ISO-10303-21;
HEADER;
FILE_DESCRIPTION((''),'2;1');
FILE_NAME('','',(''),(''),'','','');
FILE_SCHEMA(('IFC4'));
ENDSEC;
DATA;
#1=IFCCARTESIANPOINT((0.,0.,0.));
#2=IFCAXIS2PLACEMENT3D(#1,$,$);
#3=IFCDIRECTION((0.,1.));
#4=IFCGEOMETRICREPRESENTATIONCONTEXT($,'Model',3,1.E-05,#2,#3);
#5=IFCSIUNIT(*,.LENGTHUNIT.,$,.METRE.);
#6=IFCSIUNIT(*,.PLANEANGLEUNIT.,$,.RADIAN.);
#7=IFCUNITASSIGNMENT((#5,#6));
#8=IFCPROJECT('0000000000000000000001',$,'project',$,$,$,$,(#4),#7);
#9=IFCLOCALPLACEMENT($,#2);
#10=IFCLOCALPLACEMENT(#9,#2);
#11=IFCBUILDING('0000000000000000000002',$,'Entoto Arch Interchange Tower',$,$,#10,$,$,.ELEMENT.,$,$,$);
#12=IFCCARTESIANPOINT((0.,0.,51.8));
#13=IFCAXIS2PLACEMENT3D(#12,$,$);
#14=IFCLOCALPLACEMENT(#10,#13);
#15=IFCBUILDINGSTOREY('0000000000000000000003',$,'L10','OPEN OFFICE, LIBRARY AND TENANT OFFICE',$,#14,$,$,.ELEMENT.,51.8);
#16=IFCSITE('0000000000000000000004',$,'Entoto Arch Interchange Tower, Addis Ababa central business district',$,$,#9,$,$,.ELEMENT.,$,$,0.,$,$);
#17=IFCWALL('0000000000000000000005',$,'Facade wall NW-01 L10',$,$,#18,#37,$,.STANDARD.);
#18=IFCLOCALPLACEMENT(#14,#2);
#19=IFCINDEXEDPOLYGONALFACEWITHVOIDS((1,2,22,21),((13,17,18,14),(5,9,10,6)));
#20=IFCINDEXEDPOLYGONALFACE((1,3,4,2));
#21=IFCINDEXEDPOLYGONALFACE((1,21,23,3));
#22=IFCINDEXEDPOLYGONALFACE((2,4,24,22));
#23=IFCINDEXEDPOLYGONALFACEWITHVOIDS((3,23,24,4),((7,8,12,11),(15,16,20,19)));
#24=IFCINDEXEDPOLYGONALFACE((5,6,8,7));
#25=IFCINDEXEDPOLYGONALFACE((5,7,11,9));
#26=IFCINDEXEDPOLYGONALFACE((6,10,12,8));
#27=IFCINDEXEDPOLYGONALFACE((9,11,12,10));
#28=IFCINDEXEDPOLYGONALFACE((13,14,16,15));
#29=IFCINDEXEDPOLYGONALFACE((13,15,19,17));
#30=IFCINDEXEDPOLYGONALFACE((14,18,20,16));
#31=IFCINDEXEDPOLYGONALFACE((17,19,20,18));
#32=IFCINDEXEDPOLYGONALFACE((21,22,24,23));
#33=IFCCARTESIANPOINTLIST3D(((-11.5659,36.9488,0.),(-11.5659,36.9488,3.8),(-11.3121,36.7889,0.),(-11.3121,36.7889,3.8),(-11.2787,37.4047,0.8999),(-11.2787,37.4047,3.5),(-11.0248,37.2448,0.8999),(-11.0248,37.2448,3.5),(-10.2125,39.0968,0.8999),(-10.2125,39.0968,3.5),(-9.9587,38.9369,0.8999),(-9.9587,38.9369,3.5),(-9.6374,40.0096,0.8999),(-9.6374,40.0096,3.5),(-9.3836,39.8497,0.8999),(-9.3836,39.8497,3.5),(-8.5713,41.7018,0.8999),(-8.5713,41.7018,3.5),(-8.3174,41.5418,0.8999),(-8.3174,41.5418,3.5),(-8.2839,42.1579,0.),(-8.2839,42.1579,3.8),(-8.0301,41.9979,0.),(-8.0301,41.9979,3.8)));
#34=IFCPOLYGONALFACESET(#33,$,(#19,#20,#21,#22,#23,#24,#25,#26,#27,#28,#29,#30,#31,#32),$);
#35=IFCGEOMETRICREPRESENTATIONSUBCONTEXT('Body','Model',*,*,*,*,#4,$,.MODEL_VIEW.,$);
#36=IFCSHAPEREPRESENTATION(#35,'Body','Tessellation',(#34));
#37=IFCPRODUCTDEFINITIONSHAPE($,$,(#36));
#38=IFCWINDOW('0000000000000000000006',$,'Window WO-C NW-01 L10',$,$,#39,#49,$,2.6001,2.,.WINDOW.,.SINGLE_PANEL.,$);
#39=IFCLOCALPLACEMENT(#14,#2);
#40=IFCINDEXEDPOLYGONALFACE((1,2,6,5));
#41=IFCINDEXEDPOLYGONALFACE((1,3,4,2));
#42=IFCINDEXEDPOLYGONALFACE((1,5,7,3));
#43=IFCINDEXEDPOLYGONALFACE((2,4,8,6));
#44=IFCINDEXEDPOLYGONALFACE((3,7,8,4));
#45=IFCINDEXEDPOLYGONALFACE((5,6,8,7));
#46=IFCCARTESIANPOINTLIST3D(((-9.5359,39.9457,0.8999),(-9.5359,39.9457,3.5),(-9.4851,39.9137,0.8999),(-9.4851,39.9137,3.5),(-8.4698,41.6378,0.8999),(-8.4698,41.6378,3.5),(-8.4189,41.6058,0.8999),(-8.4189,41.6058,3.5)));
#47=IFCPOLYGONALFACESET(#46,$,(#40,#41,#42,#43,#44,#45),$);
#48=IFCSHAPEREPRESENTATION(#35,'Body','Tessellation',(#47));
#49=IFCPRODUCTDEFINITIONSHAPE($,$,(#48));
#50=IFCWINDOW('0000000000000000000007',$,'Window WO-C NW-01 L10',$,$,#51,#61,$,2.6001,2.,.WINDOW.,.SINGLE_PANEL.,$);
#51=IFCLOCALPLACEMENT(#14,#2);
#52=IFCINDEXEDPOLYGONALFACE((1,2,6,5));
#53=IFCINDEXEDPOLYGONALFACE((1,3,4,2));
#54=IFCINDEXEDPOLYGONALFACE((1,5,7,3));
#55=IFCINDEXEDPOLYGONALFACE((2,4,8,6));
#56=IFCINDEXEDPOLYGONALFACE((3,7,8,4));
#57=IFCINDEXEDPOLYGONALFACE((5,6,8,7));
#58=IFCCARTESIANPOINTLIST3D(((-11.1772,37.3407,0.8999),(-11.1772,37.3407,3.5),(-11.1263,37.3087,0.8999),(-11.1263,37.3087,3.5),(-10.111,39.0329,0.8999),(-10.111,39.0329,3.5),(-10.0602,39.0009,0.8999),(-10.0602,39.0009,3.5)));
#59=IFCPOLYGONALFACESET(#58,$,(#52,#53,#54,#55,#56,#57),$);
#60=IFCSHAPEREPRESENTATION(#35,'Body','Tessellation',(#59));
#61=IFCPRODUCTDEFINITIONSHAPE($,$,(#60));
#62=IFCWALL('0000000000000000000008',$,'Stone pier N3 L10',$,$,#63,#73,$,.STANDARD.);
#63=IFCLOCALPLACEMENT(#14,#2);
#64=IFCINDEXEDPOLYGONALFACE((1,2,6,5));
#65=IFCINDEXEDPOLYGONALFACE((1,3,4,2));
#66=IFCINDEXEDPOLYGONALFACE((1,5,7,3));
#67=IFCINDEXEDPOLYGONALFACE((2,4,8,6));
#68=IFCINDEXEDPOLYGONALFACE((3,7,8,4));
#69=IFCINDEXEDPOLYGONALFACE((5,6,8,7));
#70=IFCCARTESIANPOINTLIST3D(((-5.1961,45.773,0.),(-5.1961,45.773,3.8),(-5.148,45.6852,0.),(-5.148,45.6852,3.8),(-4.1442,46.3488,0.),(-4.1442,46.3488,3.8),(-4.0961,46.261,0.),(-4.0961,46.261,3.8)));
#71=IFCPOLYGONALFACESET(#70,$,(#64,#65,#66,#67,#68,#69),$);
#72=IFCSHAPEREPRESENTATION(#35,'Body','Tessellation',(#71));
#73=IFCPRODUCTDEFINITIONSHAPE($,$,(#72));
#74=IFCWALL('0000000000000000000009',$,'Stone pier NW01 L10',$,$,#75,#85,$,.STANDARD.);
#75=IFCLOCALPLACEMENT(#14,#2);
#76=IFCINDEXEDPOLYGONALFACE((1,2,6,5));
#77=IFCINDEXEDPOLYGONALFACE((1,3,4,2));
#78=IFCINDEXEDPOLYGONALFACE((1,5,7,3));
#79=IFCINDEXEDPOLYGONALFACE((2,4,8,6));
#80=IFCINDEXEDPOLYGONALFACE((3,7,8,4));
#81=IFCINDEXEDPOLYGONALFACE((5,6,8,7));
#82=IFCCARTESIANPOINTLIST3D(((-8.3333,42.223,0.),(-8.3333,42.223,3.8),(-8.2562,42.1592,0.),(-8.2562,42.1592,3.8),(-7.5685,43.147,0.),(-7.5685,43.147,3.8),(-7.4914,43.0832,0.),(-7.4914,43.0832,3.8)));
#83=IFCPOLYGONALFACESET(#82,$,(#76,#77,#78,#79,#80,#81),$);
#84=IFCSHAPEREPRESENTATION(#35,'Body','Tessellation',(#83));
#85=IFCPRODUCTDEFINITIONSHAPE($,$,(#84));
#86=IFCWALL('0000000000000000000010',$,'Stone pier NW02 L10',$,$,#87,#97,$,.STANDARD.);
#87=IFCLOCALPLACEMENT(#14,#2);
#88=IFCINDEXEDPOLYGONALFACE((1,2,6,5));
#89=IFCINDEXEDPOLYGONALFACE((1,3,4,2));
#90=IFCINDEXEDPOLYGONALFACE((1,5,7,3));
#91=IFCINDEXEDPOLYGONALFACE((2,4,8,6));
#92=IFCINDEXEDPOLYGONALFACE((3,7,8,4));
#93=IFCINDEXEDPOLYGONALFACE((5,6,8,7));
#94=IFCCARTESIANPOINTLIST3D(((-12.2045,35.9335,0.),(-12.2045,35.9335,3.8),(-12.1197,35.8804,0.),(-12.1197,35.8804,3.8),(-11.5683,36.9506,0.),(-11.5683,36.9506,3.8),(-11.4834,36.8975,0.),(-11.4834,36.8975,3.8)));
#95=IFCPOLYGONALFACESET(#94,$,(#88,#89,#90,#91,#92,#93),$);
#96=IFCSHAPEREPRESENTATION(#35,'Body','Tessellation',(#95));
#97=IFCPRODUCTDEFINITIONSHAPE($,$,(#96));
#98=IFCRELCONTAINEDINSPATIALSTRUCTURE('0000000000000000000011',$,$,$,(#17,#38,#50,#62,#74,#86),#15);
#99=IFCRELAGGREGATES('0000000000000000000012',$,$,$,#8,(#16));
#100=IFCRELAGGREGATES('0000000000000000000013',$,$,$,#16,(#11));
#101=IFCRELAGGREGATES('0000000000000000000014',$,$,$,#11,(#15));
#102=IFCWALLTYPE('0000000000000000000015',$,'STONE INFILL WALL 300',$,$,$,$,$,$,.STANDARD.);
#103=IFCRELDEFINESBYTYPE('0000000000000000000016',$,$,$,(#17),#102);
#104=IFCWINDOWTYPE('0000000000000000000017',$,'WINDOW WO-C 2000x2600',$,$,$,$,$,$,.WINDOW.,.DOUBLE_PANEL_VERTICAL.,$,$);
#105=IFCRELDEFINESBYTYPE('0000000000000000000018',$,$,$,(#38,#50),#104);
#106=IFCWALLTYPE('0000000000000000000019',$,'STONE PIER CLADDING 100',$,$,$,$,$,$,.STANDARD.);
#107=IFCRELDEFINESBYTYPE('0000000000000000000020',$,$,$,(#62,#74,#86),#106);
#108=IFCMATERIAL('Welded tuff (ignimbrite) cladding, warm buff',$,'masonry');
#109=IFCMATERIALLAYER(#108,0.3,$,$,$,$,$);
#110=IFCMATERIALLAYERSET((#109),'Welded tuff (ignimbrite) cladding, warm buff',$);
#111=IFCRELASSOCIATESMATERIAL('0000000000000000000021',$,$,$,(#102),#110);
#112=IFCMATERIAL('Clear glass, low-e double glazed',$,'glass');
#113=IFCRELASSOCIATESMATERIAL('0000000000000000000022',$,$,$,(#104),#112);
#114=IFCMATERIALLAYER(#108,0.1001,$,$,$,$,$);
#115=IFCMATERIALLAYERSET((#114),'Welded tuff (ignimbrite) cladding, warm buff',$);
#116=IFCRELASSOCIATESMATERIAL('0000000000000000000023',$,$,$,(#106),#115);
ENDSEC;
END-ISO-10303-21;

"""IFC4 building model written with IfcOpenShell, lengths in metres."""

from ifc_helpers import new_model, si_unit, direction, frame, frame_2d, origin, place, context, subcontext, project, spatial, rectangle, extrude, material, layer, layer_set, type_object, element, fill, save


model = new_model("IFC4")

# Units and contexts
model_context = context("Model", 3, precision=1e-05, world=origin(), true_north=direction((0.0, 1.0)))
body_context = subcontext(model_context, "Body", "Model", "MODEL_VIEW")
ifc_project = project(units=[si_unit("LENGTHUNIT", "METRE"), si_unit("PLANEANGLEUNIT", "RADIAN")], contexts=[model_context])

# Site, building, storey
site_placement = place(None, origin())
site = spatial("IfcSite", under=ifc_project, at=site_placement, Name="Entoto Arch Interchange Tower, Addis Ababa central business district", CompositionType="ELEMENT", RefElevation=0.0)
building_placement = place(site_placement, origin())
building = spatial("IfcBuilding", under=site, at=building_placement, Name="Entoto Arch Interchange Tower", CompositionType="ELEMENT")
storey_placement = place(building_placement, frame((0.0, 0.0, 51.8)))
storey = spatial("IfcBuildingStorey", under=building, at=storey_placement, Name="L10", Description="OPEN OFFICE, LIBRARY AND TENANT OFFICE", CompositionType="ELEMENT", Elevation=51.8)

# Shared definitions
ifc_material_1 = material(Name="Welded tuff (ignimbrite) cladding, warm buff", Category="masonry")
ifc_layer_1 = layer(ifc_material_1, 0.3)
ifc_layer_set_1 = layer_set([ifc_layer_1], Name="Welded tuff (ignimbrite) cladding, warm buff")
wall_type_1 = type_object("IfcWallType", Name="STONE INFILL WALL 300", PredefinedType="STANDARD", material=ifc_layer_set_1)
ifc_material_2 = material(Name="Clear glass, low-e double glazed", Category="glass")

# Wall, openings, windows
wall_1_placement = place(storey_placement, frame((-8.157, 42.0779, 0.0), z_axis=(0.0, 0.0, 1.0), x_axis=(-0.533075, -0.846068, 0.0)))
wall_1 = element("IfcWall", 1, at=wall_1_placement, inside=storey, type_object=wall_type_1, Name="Facade wall NW-01 L10", PredefinedType="STANDARD", context=body_context, shape_type="SweptSolid", body=[
    extrude(rectangle(XDim=6.1567, YDim=0.3, at=frame_2d((3.0784, 0.0))), origin(), (0.0, 0.0, 1.0), 3.8),
])
opening_1_placement = place(wall_1_placement, frame((0.5391, 0.0, 0.8999)))
opening_1 = element("IfcOpeningElement", 2, at=opening_1_placement, cuts=wall_1, PredefinedType="OPENING", context=body_context, shape_type="SweptSolid", body=[
    extrude(rectangle(XDim=2.0, YDim=2.6001, at=frame_2d((1.0, 1.3))), frame((0.0, 0.1602, 0.0), z_axis=(0.0, -1.0, 0.0), x_axis=(1.0, 0.0, 0.0)), (0.0, 0.0, 1.0), 0.3201),
])
opening_2_placement = place(wall_1_placement, frame((3.6179, 0.0, 0.8999)))
opening_2 = element("IfcOpeningElement", 3, at=opening_2_placement, cuts=wall_1, PredefinedType="OPENING", context=body_context, shape_type="SweptSolid", body=[
    extrude(rectangle(XDim=2.0, YDim=2.6001, at=frame_2d((1.0, 1.3))), frame((0.0, 0.1602, 0.0), z_axis=(0.0, -1.0, 0.0), x_axis=(1.0, 0.0, 0.0)), (0.0, 0.0, 1.0), 0.3201),
])
window_type_1 = type_object("IfcWindowType", Name="WINDOW WO-C 2000x2600", PartitioningType="DOUBLE_PANEL_VERTICAL", PredefinedType="WINDOW", material=ifc_material_2)
window_1_placement = place(opening_1_placement, origin())
window_1 = element("IfcWindow", 4, at=window_1_placement, inside=storey, type_object=window_type_1, Name="Window WO-C NW-01 L10", OverallHeight=2.6001, OverallWidth=2.0, PartitioningType="SINGLE_PANEL", PredefinedType="WINDOW", context=body_context, shape_type="SweptSolid", body=[
    extrude(rectangle(XDim=2.0, YDim=2.6001, at=frame_2d((1.0, 1.3))), frame((0.0, 0.03, 0.0), z_axis=(0.0, -1.0, 0.0), x_axis=(1.0, 0.0, 0.0)), (0.0, 0.0, 1.0), 0.0601),
])
fill(opening_1, window_1)
window_2_placement = place(opening_2_placement, origin())
window_2 = element("IfcWindow", 5, at=window_2_placement, inside=storey, type_object=window_type_1, Name="Window WO-C NW-01 L10", OverallHeight=2.6001, OverallWidth=2.0, PartitioningType="SINGLE_PANEL", PredefinedType="WINDOW", context=body_context, shape_type="SweptSolid", body=[
    extrude(rectangle(XDim=2.0, YDim=2.6001, at=frame_2d((1.0, 1.3))), frame((0.0, 0.03, 0.0), z_axis=(0.0, -1.0, 0.0), x_axis=(1.0, 0.0, 0.0)), (0.0, 0.0, 1.0), 0.0601),
])
fill(opening_2, window_2)

# Walls
ifc_layer_2 = layer(ifc_material_1, 0.1001)
ifc_layer_set_2 = layer_set([ifc_layer_2], Name="Welded tuff (ignimbrite) cladding, warm buff")
wall_type_2 = type_object("IfcWallType", Name="STONE PIER CLADDING 100", PredefinedType="STANDARD", material=ifc_layer_set_2)
wall_2_placement = place(storey_placement, frame((-4.1201, 46.3049, 0.0), z_axis=(0.0, 0.0, 1.0), x_axis=(-0.877155, -0.480206, 0.0)))
element("IfcWall", 6, at=wall_2_placement, inside=storey, type_object=wall_type_2, Name="Stone pier N3 L10", PredefinedType="STANDARD", context=body_context, shape_type="SweptSolid", body=[
    extrude(rectangle(XDim=1.1992, YDim=0.1001, at=frame_2d((0.5996, 0.0))), origin(), (0.0, 0.0, 1.0), 3.8),
])
wall_3_placement = place(storey_placement, frame((-7.53, 43.115, 0.0), z_axis=(0.0, 0.0, 1.0), x_axis=(-0.637639, -0.770336, 0.0)))
element("IfcWall", 7, at=wall_3_placement, inside=storey, type_object=wall_type_2, Name="Stone pier NW01 L10", PredefinedType="STANDARD", context=body_context, shape_type="SweptSolid", body=[
    extrude(rectangle(XDim=1.1995, YDim=0.1001, at=frame_2d((0.5996, 0.0))), origin(), (0.0, 0.0, 1.0), 3.8),
])
wall_4_placement = place(storey_placement, frame((-11.5259, 36.9241, 0.0), z_axis=(0.0, 0.0, 1.0), x_axis=(-0.530328, -0.847792, 0.0)))
element("IfcWall", 8, at=wall_4_placement, inside=storey, type_object=wall_type_2, Name="Stone pier NW02 L10", PredefinedType="STANDARD", context=body_context, shape_type="SweptSolid", body=[
    extrude(rectangle(XDim=1.1997, YDim=0.1001, at=frame_2d((0.5999, 0.0))), origin(), (0.0, 0.0, 1.0), 3.8),
])

save(model, "model.ifc")
